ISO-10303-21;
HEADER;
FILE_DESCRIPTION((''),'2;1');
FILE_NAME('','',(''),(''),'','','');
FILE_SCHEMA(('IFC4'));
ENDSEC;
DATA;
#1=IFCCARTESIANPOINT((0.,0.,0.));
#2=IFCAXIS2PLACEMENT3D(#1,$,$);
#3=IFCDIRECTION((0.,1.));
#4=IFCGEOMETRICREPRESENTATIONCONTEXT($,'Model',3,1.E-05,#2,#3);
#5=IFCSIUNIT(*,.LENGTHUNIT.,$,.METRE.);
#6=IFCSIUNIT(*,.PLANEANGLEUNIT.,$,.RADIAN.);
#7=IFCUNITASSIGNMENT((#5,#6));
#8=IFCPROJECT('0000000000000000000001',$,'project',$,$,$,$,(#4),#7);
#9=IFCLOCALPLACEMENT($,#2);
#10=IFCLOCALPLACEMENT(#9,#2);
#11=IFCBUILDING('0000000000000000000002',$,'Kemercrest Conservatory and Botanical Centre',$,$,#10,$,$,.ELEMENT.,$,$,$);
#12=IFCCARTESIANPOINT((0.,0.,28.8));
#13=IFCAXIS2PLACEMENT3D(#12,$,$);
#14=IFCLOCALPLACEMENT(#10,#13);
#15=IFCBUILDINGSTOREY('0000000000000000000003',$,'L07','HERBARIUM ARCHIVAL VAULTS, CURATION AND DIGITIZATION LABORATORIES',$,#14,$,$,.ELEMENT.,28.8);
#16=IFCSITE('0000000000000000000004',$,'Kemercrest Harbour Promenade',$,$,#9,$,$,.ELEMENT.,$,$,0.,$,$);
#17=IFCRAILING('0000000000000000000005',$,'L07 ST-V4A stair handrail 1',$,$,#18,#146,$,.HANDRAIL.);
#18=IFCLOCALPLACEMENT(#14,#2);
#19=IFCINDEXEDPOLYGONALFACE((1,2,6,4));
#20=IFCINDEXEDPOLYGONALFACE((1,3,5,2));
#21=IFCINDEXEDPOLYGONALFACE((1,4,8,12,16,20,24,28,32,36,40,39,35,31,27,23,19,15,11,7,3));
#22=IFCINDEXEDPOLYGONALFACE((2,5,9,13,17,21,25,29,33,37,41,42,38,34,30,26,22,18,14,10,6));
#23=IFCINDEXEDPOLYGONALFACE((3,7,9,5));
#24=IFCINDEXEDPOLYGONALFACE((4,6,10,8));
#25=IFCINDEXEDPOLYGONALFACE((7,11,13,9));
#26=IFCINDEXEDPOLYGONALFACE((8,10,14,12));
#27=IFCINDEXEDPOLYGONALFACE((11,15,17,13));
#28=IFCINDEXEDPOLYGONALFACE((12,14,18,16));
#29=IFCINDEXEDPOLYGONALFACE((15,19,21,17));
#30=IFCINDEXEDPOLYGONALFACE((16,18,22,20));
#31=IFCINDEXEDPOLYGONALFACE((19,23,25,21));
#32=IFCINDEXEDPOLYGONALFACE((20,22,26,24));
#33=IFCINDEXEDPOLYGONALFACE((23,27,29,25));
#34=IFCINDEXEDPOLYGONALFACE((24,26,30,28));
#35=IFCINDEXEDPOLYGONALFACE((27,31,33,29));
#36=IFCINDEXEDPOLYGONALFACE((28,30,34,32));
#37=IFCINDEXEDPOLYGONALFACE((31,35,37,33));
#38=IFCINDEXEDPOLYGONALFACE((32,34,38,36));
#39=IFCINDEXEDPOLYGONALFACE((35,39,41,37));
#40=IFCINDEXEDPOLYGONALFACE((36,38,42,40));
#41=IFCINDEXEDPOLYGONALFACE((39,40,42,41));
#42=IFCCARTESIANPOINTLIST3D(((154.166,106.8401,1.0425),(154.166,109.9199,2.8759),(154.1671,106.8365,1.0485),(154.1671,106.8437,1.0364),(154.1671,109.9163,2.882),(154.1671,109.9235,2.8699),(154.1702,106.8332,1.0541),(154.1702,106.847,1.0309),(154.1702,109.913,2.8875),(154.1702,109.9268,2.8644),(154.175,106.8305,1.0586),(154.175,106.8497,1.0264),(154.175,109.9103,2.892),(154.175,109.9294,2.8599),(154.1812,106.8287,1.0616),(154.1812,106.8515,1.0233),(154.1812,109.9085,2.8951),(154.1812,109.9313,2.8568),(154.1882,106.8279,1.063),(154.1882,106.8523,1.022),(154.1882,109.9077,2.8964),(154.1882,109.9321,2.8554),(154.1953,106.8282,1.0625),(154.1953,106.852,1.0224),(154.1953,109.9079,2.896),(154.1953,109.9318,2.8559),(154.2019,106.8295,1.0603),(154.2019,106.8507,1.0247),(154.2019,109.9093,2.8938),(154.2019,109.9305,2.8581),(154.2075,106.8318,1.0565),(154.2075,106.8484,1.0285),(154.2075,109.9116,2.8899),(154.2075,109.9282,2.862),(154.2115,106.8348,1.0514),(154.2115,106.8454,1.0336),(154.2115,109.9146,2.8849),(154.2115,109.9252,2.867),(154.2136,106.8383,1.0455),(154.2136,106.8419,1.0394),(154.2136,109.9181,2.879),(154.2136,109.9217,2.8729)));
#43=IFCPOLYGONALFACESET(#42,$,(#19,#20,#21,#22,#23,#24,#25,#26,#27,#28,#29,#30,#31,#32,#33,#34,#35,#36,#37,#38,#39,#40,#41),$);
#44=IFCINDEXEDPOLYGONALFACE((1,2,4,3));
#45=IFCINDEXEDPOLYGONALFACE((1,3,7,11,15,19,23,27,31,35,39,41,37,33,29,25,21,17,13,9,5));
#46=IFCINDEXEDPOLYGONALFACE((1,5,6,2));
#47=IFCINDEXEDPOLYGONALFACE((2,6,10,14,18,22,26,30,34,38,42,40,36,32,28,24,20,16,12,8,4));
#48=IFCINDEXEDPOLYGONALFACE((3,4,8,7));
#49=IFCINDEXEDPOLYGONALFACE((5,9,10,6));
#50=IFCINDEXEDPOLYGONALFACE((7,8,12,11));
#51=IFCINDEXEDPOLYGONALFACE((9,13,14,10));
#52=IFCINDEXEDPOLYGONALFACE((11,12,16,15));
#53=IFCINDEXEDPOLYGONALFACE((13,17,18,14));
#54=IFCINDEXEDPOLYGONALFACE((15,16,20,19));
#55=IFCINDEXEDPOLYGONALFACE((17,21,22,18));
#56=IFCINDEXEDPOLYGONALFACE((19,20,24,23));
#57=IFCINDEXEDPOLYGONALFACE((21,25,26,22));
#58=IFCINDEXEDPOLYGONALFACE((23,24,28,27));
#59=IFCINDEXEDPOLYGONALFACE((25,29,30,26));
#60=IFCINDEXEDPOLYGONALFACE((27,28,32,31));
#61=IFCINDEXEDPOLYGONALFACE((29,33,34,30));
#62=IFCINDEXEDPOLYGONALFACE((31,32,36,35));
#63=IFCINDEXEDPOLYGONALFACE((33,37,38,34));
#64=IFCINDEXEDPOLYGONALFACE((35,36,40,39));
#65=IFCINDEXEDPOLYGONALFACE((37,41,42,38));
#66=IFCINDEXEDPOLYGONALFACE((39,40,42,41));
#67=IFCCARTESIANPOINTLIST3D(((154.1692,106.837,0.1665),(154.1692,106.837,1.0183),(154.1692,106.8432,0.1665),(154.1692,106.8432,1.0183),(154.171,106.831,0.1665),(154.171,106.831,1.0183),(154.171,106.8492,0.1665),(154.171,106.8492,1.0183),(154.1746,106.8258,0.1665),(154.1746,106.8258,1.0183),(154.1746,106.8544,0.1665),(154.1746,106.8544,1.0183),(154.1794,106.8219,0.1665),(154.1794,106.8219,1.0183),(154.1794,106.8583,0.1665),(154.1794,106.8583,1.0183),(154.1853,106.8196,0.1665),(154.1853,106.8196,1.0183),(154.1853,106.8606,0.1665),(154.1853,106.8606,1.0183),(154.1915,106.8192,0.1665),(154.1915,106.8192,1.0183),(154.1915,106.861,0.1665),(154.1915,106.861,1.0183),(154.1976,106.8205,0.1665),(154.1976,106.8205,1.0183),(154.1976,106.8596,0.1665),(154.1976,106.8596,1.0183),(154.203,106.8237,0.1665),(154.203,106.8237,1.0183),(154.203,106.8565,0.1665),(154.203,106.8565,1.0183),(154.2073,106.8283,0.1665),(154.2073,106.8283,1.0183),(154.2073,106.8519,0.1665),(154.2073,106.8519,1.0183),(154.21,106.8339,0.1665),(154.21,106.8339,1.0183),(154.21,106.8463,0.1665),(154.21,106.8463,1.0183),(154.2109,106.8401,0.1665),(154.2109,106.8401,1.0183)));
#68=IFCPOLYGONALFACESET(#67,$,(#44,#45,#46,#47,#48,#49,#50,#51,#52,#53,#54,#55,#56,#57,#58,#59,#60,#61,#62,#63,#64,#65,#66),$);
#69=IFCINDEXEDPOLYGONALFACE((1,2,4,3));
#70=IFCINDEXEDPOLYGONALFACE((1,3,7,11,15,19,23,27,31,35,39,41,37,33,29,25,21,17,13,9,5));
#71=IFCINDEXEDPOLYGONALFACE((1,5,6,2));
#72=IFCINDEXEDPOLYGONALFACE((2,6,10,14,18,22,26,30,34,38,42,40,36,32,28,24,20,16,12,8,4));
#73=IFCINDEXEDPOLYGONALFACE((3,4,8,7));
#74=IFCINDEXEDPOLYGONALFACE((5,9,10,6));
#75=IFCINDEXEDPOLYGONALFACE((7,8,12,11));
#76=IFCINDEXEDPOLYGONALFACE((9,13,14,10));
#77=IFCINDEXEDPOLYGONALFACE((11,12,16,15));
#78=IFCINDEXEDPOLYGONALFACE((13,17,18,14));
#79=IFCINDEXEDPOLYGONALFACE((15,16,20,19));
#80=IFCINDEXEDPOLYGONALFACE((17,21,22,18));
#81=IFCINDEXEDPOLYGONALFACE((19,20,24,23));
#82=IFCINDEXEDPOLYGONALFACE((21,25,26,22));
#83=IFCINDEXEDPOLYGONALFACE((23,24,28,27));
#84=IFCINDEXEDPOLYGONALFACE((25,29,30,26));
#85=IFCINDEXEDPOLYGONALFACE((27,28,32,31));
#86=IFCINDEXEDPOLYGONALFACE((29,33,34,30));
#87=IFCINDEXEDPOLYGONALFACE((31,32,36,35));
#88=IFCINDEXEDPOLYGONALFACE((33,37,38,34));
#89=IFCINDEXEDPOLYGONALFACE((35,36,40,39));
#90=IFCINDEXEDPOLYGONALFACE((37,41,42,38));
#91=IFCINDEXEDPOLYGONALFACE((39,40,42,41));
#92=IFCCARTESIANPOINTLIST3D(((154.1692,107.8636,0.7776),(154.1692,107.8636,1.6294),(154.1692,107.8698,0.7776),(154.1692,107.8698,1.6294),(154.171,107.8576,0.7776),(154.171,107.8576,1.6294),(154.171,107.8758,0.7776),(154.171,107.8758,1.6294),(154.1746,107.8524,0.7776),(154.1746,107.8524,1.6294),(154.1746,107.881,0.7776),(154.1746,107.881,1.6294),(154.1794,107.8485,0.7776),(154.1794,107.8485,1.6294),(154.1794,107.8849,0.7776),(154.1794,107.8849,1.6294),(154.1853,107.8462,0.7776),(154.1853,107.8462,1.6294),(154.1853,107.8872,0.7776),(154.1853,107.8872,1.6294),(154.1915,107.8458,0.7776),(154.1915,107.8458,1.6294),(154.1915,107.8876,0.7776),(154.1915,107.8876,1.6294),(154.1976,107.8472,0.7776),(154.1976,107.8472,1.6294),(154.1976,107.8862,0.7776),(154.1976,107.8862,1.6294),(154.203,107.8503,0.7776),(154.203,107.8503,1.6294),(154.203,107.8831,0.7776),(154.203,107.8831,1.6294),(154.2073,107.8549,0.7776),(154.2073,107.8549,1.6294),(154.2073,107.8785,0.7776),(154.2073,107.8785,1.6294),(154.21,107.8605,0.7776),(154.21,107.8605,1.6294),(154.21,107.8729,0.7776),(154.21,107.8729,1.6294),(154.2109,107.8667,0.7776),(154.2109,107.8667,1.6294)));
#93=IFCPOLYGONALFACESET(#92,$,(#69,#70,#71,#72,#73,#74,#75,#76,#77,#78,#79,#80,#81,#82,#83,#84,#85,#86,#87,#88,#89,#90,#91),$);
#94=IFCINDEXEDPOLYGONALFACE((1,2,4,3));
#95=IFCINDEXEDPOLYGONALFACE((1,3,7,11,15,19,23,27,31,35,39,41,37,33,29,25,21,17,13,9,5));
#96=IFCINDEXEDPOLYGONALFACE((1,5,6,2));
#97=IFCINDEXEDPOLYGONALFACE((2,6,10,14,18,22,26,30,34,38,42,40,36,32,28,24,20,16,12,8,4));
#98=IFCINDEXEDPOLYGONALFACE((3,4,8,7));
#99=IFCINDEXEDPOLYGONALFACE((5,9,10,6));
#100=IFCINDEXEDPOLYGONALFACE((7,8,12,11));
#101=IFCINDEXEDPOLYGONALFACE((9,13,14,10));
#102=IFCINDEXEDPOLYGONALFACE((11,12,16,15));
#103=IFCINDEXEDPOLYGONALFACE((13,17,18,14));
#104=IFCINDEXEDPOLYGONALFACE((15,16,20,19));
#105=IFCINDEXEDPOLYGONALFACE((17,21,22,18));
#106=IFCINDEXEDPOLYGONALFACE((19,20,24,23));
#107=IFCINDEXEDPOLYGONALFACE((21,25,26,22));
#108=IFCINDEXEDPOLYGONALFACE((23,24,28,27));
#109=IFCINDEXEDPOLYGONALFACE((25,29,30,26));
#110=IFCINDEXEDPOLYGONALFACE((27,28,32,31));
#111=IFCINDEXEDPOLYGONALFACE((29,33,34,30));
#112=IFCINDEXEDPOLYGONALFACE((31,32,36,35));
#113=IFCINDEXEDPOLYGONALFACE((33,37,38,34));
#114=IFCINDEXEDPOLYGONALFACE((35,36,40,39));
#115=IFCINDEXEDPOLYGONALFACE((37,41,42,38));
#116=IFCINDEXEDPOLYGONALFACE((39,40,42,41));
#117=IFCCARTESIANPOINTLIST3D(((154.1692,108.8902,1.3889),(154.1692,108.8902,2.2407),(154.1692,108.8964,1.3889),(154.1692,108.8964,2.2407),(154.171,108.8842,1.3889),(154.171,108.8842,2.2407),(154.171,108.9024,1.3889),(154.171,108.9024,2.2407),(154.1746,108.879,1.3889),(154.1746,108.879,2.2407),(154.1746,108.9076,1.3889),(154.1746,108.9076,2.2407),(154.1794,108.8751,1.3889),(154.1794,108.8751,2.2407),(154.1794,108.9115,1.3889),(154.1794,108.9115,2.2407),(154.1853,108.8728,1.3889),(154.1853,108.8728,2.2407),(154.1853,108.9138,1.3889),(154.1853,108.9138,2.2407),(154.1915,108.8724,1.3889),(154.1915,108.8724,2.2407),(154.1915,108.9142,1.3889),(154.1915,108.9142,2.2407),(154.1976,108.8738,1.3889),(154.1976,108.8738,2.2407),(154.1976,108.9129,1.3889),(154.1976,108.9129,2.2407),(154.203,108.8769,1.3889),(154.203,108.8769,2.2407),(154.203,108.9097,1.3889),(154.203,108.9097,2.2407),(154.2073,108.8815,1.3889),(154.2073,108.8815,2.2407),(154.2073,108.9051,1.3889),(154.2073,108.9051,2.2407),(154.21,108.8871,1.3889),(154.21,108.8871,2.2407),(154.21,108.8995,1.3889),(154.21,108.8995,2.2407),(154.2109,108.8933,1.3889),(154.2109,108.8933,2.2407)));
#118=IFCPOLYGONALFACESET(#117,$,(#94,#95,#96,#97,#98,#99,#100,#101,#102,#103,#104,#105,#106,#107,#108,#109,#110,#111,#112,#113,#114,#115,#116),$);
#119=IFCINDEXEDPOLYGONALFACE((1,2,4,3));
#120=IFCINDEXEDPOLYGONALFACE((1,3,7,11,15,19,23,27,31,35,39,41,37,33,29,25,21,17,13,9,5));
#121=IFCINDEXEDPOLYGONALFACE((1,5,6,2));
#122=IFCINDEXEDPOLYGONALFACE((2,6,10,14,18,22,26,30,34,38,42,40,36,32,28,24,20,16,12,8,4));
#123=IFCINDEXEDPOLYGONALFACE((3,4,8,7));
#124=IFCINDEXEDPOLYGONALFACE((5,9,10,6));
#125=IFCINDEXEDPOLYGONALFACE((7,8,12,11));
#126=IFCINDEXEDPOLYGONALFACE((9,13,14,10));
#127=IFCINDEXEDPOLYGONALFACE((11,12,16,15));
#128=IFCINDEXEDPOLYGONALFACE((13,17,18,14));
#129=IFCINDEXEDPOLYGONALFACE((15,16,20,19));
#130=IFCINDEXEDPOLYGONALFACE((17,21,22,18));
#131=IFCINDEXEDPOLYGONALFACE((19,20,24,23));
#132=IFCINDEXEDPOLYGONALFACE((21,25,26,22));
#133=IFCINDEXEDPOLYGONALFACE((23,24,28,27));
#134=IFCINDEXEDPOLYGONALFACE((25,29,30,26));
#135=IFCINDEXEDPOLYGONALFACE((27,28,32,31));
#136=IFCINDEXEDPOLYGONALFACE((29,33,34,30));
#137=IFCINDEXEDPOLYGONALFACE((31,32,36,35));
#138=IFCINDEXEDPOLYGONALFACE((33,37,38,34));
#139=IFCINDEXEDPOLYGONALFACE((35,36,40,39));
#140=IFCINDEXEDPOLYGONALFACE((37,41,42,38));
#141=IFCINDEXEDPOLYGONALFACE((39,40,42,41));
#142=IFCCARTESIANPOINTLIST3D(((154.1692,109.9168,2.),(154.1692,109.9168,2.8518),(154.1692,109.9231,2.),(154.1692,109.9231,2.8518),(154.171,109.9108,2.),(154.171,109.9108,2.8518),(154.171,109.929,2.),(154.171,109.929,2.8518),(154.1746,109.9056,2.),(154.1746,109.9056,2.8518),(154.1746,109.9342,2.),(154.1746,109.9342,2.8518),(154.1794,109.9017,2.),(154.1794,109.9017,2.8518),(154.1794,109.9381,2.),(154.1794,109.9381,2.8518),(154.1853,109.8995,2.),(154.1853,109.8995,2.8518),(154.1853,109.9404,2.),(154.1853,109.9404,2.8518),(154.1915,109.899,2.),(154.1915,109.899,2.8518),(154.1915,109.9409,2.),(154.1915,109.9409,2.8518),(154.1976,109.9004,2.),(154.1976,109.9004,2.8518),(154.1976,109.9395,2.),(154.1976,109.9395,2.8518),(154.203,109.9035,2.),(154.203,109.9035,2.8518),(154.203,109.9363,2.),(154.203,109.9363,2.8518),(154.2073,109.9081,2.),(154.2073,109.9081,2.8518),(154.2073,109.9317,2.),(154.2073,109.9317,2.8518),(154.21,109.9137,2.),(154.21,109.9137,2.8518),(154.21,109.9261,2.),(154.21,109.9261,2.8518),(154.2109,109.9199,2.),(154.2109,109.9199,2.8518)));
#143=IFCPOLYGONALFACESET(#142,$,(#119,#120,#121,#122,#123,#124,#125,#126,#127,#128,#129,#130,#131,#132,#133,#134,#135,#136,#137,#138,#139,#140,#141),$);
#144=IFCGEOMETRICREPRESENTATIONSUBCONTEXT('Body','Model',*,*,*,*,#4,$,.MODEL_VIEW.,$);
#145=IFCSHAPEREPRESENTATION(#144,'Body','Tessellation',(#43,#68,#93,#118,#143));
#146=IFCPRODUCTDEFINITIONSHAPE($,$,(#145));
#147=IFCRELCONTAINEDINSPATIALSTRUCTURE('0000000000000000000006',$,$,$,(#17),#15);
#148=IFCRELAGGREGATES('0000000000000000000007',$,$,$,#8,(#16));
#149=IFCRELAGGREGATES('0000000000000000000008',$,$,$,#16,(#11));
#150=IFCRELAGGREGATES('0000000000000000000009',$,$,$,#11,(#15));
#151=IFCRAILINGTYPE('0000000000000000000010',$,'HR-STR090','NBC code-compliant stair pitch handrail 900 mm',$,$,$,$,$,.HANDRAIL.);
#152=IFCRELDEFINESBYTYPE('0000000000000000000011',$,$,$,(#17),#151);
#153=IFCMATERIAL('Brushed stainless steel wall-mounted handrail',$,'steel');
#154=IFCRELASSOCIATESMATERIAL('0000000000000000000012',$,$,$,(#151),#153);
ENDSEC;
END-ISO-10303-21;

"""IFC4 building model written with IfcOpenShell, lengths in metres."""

from ifc_helpers import new_model, si_unit, direction, frame, origin, origin_2d, place, context, subcontext, project, spatial, circle, extrude, material, type_object, element, save


model = new_model("IFC4")

# Units and contexts
model_context = context("Model", 3, precision=1e-05, world=origin(), true_north=direction((0.0, 1.0)))
body_context = subcontext(model_context, "Body", "Model", "MODEL_VIEW")
ifc_project = project(units=[si_unit("LENGTHUNIT", "METRE"), si_unit("PLANEANGLEUNIT", "RADIAN")], contexts=[model_context])

# Site, building, storey
site_placement = place(None, origin())
site = spatial("IfcSite", under=ifc_project, at=site_placement, Name="Kemercrest Harbour Promenade", CompositionType="ELEMENT", RefElevation=0.0)
building_placement = place(site_placement, origin())
building = spatial("IfcBuilding", under=site, at=building_placement, Name="Kemercrest Conservatory and Botanical Centre", CompositionType="ELEMENT")
storey_placement = place(building_placement, frame((0.0, 0.0, 28.8)))
storey = spatial("IfcBuildingStorey", under=building, at=storey_placement, Name="L07", Description="HERBARIUM ARCHIVAL VAULTS, CURATION AND DIGITIZATION LABORATORIES", CompositionType="ELEMENT", Elevation=28.8)

# Railing
ifc_material_1 = material(Name="Brushed stainless steel wall-mounted handrail", Category="steel")
railing_type_1 = type_object("IfcRailingType", Name="HR-STR090", Description="NBC code-compliant stair pitch handrail 900 mm", PredefinedType="HANDRAIL", material=ifc_material_1)
railing_1_placement = place(storey_placement, frame((154.1899, 106.8401, 0.1665)))
element("IfcRailing", 1, at=railing_1_placement, inside=storey, type_object=railing_type_1, Name="L07 ST-V4A stair handrail 1", PredefinedType="HANDRAIL", context=body_context, shape_type="SweptSolid", body=[
    extrude(circle(Radius=0.0239, at=origin_2d()), frame((0.0, 0.0, 0.876), z_axis=(0.0, 0.859261, 0.511538), x_axis=(-1.0, 0.0, 0.0)), (0.0, 0.0, 1.0), 3.5842),
    extrude(circle(Radius=0.021, at=origin_2d()), origin(), (0.0, 0.0, 1.0), 0.8518),
    extrude(circle(Radius=0.021, at=origin_2d()), frame((0.0, 1.0266, 0.6111)), (0.0, 0.0, 1.0), 0.8518),
    extrude(circle(Radius=0.021, at=origin_2d()), frame((0.0, 2.0532, 1.2224)), (0.0, 0.0, 1.0), 0.8518),
    extrude(circle(Radius=0.021, at=origin_2d()), frame((0.0, 3.0798, 1.8335)), (0.0, 0.0, 1.0), 0.8518),
])

save(model, "model.ifc")
